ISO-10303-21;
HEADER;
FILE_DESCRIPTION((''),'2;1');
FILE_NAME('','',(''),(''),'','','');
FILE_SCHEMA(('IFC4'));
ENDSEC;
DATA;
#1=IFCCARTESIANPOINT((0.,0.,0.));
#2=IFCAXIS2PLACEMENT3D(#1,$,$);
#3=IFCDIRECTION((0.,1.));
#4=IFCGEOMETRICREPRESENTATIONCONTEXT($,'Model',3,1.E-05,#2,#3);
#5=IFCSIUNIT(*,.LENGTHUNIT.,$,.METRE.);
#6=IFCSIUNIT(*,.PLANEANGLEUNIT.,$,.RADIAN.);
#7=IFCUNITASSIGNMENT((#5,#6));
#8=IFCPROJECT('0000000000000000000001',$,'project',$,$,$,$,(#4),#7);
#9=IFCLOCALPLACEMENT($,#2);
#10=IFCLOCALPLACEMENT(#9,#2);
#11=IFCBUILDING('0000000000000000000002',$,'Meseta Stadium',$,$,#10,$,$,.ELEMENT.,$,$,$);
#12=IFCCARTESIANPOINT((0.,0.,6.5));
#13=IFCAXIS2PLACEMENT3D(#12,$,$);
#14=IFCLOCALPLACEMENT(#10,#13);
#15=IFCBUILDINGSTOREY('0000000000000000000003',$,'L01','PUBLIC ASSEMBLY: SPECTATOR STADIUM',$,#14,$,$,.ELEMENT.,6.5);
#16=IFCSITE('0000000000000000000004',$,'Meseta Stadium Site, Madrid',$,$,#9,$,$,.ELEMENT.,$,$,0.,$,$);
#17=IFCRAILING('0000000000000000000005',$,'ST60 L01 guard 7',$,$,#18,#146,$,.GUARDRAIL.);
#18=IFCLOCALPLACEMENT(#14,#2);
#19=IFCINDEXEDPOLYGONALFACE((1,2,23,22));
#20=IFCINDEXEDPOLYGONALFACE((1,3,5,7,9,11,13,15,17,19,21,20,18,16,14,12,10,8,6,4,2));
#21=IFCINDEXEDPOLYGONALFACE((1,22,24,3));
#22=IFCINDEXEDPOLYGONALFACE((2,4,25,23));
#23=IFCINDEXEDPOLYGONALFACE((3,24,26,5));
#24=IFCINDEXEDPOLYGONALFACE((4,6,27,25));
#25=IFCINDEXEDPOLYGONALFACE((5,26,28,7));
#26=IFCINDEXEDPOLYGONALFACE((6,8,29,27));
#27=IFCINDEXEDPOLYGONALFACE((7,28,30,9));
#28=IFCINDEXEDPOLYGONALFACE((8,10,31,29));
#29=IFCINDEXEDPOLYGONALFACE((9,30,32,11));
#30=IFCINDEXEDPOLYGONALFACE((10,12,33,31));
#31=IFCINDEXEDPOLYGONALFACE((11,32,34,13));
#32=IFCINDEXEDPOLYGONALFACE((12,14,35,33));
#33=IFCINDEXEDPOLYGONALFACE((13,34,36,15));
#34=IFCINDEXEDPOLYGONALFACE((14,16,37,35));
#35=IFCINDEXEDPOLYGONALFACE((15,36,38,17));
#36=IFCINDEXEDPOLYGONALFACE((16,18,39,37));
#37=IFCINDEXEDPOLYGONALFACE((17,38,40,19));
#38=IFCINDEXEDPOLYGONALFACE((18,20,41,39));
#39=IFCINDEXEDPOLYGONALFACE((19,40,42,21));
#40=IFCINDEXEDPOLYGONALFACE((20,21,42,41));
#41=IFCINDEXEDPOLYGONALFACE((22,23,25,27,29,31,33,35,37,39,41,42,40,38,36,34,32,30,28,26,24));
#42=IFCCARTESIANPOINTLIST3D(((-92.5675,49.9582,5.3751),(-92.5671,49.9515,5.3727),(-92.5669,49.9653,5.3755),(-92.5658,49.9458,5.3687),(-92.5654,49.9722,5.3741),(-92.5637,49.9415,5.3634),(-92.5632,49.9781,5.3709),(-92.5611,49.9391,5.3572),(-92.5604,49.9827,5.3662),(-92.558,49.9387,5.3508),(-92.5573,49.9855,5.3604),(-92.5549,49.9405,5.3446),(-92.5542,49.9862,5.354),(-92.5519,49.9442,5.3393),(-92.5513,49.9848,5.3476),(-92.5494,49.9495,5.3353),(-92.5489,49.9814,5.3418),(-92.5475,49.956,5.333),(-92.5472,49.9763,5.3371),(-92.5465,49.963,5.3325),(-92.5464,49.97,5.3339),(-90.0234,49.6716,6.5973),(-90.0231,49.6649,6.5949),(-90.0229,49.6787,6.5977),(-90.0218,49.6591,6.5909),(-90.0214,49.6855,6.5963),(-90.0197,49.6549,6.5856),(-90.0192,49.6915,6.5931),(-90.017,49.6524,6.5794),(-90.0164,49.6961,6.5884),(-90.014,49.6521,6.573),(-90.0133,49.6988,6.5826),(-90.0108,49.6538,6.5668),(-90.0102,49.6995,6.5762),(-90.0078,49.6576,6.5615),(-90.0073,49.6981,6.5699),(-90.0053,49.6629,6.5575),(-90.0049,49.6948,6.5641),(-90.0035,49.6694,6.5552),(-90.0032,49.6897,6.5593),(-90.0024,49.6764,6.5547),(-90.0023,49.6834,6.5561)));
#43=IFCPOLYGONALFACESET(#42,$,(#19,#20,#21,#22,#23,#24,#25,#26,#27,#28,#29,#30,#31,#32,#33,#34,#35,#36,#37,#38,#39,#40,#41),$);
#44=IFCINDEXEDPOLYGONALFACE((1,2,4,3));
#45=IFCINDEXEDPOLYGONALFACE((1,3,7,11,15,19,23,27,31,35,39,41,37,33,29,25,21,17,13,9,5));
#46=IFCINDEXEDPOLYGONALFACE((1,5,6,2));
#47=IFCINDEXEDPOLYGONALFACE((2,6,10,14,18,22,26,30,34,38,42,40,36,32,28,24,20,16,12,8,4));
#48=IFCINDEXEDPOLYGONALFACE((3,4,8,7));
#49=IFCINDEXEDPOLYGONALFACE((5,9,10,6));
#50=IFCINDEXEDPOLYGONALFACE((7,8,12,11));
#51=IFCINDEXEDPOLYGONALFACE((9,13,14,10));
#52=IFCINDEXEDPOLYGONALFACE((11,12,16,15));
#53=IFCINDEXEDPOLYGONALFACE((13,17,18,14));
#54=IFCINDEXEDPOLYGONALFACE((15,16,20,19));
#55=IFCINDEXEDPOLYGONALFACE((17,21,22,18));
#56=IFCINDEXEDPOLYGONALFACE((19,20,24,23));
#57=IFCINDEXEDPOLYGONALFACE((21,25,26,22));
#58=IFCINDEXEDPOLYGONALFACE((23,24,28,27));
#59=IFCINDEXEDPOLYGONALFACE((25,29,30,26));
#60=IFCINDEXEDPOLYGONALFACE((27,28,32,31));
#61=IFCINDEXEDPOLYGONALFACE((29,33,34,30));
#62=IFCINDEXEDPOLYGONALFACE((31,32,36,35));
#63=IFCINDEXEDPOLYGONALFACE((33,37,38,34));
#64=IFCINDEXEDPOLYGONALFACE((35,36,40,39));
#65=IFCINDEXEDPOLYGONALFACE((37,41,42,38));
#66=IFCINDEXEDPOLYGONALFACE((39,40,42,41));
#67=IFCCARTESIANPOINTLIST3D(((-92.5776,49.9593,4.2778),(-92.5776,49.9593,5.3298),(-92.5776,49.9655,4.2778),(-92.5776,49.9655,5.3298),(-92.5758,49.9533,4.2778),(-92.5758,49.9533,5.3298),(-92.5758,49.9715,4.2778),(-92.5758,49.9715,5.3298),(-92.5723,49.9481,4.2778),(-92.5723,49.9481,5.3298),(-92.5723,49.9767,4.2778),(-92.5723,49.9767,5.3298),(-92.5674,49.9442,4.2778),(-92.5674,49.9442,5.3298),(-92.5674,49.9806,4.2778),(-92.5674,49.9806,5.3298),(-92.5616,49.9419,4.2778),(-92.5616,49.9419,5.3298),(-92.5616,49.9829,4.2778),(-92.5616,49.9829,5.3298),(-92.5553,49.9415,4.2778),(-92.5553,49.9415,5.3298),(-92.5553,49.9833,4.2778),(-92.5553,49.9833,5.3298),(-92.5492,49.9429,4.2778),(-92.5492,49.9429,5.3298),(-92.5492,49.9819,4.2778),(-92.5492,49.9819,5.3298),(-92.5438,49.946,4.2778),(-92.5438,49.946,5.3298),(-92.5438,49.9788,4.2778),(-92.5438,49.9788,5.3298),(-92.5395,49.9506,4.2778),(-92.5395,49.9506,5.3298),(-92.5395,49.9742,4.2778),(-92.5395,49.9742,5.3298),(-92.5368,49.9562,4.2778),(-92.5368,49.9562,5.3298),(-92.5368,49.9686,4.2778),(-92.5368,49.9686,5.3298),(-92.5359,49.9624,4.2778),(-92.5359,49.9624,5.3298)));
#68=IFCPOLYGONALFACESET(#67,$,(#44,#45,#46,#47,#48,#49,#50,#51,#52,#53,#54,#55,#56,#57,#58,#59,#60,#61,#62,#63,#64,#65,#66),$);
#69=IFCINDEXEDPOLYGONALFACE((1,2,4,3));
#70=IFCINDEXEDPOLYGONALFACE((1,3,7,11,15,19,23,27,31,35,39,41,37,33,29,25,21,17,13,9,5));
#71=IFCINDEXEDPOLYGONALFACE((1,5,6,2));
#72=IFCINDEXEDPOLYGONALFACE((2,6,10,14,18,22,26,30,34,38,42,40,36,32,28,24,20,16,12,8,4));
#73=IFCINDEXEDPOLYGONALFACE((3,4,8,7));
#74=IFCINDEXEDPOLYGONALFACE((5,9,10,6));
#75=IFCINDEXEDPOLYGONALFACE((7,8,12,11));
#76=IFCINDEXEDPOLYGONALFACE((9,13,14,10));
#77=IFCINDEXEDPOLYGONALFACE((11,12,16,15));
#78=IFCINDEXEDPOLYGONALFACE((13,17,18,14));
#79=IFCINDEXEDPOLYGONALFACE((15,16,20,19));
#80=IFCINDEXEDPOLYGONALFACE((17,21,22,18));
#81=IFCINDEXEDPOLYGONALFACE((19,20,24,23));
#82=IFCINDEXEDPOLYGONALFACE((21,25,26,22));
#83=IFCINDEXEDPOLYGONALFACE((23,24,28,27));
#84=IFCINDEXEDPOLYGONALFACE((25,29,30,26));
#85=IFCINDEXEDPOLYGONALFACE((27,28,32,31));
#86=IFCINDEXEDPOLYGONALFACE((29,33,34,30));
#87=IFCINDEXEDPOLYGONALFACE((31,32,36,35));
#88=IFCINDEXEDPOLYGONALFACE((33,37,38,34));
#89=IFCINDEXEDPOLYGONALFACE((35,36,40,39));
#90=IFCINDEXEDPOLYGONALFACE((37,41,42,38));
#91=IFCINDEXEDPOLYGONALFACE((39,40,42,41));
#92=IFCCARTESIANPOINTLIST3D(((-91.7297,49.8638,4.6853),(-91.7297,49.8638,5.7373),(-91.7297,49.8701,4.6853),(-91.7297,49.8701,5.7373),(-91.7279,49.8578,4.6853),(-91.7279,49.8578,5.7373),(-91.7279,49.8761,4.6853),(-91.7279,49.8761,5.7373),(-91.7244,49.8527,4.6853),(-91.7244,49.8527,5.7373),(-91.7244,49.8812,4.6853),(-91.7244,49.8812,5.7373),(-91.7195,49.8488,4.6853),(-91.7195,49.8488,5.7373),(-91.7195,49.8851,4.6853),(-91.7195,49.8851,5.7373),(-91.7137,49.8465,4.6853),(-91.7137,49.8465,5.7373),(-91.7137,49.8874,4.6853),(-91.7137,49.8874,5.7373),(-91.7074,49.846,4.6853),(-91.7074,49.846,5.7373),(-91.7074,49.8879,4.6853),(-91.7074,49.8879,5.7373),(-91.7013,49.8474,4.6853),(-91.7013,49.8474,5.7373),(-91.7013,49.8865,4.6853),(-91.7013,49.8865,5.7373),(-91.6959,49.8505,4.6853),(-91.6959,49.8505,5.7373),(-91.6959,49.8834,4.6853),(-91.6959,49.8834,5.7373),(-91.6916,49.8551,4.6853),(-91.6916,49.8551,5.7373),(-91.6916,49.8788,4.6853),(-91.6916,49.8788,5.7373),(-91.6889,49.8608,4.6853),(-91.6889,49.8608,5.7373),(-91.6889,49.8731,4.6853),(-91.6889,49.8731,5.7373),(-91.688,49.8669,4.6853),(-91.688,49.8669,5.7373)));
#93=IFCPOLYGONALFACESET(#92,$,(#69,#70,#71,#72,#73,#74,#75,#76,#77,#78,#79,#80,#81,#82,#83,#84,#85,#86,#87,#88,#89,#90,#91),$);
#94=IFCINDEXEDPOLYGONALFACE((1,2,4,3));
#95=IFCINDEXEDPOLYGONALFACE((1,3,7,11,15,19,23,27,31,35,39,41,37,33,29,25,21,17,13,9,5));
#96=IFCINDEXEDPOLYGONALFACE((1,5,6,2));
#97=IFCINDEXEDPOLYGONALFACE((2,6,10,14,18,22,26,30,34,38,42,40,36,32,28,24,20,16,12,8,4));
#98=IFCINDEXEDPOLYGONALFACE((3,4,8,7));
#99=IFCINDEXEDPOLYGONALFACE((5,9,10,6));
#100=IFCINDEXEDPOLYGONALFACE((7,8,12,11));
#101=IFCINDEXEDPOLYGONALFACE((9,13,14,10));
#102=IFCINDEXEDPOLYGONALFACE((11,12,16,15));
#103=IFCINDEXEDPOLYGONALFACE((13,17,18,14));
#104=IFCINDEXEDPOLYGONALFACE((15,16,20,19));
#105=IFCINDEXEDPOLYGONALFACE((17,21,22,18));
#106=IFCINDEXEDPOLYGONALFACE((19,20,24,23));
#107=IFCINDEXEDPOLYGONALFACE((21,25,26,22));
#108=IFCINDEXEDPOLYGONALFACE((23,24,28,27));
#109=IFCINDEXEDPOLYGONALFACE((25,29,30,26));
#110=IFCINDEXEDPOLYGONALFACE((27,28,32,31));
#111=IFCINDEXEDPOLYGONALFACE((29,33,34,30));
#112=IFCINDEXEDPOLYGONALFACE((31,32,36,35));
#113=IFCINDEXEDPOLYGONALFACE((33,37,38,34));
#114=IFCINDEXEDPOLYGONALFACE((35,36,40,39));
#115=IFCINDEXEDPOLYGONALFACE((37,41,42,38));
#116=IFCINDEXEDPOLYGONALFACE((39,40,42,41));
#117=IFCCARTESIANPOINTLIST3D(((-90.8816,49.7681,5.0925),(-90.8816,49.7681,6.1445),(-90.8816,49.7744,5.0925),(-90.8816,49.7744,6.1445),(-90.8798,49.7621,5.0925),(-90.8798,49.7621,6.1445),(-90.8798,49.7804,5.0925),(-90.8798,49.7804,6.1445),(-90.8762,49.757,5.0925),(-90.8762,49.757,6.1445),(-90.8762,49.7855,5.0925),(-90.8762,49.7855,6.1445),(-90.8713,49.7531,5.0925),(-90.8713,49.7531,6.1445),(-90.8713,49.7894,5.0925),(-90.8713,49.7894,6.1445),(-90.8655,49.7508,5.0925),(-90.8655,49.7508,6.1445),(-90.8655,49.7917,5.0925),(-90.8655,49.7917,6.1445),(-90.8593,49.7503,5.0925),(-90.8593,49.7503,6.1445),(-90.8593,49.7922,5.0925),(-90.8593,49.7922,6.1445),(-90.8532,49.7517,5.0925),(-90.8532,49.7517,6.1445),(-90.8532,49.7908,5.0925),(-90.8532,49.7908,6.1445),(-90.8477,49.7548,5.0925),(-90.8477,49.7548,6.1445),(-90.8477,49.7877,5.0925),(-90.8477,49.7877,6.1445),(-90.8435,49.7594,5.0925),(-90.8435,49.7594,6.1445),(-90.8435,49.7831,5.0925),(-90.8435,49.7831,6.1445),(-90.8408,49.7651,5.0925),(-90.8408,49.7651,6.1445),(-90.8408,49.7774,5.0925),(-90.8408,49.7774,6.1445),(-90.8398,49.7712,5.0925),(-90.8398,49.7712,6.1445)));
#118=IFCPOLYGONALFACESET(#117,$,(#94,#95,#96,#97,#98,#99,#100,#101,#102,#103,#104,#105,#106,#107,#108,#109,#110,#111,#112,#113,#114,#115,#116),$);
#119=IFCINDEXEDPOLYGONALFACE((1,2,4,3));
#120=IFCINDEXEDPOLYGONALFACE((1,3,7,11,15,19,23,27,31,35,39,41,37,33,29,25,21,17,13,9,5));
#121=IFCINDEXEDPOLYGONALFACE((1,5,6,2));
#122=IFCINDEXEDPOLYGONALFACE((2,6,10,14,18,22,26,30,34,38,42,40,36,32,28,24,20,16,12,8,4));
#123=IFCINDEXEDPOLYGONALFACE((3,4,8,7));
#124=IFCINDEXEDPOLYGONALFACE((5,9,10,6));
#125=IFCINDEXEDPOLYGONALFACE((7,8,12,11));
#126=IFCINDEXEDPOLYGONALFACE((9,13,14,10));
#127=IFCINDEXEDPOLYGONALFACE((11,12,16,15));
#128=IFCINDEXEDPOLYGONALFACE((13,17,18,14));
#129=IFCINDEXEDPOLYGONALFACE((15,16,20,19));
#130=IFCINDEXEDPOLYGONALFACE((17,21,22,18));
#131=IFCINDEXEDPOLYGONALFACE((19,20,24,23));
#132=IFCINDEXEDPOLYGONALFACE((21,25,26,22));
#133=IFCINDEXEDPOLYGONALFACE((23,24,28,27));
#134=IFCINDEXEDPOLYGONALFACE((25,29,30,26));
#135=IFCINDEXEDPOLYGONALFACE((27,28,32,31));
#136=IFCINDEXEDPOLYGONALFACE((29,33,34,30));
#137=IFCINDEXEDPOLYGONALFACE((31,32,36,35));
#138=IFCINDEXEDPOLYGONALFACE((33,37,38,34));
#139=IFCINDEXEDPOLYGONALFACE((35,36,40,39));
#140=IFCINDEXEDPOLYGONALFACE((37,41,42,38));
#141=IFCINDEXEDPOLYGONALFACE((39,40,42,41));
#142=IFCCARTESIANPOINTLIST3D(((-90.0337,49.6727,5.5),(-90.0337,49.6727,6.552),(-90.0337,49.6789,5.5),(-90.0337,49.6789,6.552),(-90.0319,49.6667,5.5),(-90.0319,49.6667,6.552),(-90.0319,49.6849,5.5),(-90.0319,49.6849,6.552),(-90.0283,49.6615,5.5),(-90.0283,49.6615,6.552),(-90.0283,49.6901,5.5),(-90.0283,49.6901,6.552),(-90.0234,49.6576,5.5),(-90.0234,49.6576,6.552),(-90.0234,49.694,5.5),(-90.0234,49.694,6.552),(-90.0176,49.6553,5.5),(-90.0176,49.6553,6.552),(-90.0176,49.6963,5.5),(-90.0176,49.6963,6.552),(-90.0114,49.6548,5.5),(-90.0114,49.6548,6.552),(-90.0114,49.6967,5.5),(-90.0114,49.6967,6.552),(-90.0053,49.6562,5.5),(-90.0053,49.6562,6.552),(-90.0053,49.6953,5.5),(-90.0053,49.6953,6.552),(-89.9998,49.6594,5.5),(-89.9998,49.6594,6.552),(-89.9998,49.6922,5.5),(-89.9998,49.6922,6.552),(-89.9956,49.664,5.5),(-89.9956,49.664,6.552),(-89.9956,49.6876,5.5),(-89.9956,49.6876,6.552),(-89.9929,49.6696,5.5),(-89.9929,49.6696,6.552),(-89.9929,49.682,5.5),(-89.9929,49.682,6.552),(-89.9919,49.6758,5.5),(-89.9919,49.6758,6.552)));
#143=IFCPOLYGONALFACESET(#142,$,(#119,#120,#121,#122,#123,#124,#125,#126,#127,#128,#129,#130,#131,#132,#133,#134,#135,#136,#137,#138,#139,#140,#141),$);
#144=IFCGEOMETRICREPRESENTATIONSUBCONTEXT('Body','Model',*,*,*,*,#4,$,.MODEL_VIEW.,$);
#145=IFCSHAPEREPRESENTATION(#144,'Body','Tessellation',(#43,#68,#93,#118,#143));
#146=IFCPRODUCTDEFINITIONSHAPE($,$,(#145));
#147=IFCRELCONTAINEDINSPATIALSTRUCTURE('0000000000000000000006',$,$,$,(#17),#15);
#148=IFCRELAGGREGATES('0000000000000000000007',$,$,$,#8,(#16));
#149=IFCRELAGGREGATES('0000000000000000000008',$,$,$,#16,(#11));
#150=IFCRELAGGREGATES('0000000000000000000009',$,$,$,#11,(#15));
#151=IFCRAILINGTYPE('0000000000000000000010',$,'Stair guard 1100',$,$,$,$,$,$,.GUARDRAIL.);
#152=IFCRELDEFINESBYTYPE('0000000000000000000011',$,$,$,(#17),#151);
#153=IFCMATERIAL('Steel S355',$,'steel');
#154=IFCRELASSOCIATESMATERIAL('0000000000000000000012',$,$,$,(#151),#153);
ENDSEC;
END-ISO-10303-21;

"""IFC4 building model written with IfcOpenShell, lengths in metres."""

from ifc_helpers import new_model, si_unit, direction, frame, origin, origin_2d, place, context, subcontext, project, spatial, circle, extrude, material, type_object, element, save


model = new_model("IFC4")

# Units and contexts
model_context = context("Model", 3, precision=1e-05, world=origin(), true_north=direction((0.0, 1.0)))
body_context = subcontext(model_context, "Body", "Model", "MODEL_VIEW")
ifc_project = project(units=[si_unit("LENGTHUNIT", "METRE"), si_unit("PLANEANGLEUNIT", "RADIAN")], contexts=[model_context])

# Site, building, storey
site_placement = place(None, origin())
site = spatial("IfcSite", under=ifc_project, at=site_placement, Name="Meseta Stadium Site, Madrid", CompositionType="ELEMENT", RefElevation=0.0)
building_placement = place(site_placement, origin())
building = spatial("IfcBuilding", under=site, at=building_placement, Name="Meseta Stadium", CompositionType="ELEMENT")
storey_placement = place(building_placement, frame((0.0, 0.0, 6.5)))
storey = spatial("IfcBuildingStorey", under=building, at=storey_placement, Name="L01", Description="PUBLIC ASSEMBLY: SPECTATOR STADIUM", CompositionType="ELEMENT", Elevation=6.5)

# Railing
ifc_material_1 = material(Name="Steel S355", Category="steel")
railing_type_1 = type_object("IfcRailingType", Name="Stair guard 1100", PredefinedType="GUARDRAIL", material=ifc_material_1)
railing_1_placement = place(storey_placement, frame((-92.5569, 49.9624, 4.2778)))
element("IfcRailing", 1, at=railing_1_placement, inside=storey, type_object=railing_type_1, Name="ST60 L01 guard 7", PredefinedType="GUARDRAIL", context=body_context, shape_type="SweptSolid", body=[
    extrude(circle(Radius=0.0239, at=origin_2d()), frame((0.0, 0.0, 1.0762), z_axis=(0.896762, -0.101036, 0.430824), x_axis=(0.11196, 0.993713, 0.0)), (0.0, 0.0, 1.0), 2.8369),
    extrude(circle(Radius=0.021, at=origin_2d()), origin(), (0.0, 0.0, 1.0), 1.052),
    extrude(circle(Radius=0.021, at=origin_2d()), frame((0.8479, -0.0955, 0.4075)), (0.0, 0.0, 1.0), 1.052),
    extrude(circle(Radius=0.021, at=origin_2d()), frame((1.696, -0.1912, 0.8147)), (0.0, 0.0, 1.0), 1.052),
    extrude(circle(Radius=0.021, at=origin_2d()), frame((2.5439, -0.2866, 1.2222)), (0.0, 0.0, 1.0), 1.052),
])

save(model, "model.ifc")
